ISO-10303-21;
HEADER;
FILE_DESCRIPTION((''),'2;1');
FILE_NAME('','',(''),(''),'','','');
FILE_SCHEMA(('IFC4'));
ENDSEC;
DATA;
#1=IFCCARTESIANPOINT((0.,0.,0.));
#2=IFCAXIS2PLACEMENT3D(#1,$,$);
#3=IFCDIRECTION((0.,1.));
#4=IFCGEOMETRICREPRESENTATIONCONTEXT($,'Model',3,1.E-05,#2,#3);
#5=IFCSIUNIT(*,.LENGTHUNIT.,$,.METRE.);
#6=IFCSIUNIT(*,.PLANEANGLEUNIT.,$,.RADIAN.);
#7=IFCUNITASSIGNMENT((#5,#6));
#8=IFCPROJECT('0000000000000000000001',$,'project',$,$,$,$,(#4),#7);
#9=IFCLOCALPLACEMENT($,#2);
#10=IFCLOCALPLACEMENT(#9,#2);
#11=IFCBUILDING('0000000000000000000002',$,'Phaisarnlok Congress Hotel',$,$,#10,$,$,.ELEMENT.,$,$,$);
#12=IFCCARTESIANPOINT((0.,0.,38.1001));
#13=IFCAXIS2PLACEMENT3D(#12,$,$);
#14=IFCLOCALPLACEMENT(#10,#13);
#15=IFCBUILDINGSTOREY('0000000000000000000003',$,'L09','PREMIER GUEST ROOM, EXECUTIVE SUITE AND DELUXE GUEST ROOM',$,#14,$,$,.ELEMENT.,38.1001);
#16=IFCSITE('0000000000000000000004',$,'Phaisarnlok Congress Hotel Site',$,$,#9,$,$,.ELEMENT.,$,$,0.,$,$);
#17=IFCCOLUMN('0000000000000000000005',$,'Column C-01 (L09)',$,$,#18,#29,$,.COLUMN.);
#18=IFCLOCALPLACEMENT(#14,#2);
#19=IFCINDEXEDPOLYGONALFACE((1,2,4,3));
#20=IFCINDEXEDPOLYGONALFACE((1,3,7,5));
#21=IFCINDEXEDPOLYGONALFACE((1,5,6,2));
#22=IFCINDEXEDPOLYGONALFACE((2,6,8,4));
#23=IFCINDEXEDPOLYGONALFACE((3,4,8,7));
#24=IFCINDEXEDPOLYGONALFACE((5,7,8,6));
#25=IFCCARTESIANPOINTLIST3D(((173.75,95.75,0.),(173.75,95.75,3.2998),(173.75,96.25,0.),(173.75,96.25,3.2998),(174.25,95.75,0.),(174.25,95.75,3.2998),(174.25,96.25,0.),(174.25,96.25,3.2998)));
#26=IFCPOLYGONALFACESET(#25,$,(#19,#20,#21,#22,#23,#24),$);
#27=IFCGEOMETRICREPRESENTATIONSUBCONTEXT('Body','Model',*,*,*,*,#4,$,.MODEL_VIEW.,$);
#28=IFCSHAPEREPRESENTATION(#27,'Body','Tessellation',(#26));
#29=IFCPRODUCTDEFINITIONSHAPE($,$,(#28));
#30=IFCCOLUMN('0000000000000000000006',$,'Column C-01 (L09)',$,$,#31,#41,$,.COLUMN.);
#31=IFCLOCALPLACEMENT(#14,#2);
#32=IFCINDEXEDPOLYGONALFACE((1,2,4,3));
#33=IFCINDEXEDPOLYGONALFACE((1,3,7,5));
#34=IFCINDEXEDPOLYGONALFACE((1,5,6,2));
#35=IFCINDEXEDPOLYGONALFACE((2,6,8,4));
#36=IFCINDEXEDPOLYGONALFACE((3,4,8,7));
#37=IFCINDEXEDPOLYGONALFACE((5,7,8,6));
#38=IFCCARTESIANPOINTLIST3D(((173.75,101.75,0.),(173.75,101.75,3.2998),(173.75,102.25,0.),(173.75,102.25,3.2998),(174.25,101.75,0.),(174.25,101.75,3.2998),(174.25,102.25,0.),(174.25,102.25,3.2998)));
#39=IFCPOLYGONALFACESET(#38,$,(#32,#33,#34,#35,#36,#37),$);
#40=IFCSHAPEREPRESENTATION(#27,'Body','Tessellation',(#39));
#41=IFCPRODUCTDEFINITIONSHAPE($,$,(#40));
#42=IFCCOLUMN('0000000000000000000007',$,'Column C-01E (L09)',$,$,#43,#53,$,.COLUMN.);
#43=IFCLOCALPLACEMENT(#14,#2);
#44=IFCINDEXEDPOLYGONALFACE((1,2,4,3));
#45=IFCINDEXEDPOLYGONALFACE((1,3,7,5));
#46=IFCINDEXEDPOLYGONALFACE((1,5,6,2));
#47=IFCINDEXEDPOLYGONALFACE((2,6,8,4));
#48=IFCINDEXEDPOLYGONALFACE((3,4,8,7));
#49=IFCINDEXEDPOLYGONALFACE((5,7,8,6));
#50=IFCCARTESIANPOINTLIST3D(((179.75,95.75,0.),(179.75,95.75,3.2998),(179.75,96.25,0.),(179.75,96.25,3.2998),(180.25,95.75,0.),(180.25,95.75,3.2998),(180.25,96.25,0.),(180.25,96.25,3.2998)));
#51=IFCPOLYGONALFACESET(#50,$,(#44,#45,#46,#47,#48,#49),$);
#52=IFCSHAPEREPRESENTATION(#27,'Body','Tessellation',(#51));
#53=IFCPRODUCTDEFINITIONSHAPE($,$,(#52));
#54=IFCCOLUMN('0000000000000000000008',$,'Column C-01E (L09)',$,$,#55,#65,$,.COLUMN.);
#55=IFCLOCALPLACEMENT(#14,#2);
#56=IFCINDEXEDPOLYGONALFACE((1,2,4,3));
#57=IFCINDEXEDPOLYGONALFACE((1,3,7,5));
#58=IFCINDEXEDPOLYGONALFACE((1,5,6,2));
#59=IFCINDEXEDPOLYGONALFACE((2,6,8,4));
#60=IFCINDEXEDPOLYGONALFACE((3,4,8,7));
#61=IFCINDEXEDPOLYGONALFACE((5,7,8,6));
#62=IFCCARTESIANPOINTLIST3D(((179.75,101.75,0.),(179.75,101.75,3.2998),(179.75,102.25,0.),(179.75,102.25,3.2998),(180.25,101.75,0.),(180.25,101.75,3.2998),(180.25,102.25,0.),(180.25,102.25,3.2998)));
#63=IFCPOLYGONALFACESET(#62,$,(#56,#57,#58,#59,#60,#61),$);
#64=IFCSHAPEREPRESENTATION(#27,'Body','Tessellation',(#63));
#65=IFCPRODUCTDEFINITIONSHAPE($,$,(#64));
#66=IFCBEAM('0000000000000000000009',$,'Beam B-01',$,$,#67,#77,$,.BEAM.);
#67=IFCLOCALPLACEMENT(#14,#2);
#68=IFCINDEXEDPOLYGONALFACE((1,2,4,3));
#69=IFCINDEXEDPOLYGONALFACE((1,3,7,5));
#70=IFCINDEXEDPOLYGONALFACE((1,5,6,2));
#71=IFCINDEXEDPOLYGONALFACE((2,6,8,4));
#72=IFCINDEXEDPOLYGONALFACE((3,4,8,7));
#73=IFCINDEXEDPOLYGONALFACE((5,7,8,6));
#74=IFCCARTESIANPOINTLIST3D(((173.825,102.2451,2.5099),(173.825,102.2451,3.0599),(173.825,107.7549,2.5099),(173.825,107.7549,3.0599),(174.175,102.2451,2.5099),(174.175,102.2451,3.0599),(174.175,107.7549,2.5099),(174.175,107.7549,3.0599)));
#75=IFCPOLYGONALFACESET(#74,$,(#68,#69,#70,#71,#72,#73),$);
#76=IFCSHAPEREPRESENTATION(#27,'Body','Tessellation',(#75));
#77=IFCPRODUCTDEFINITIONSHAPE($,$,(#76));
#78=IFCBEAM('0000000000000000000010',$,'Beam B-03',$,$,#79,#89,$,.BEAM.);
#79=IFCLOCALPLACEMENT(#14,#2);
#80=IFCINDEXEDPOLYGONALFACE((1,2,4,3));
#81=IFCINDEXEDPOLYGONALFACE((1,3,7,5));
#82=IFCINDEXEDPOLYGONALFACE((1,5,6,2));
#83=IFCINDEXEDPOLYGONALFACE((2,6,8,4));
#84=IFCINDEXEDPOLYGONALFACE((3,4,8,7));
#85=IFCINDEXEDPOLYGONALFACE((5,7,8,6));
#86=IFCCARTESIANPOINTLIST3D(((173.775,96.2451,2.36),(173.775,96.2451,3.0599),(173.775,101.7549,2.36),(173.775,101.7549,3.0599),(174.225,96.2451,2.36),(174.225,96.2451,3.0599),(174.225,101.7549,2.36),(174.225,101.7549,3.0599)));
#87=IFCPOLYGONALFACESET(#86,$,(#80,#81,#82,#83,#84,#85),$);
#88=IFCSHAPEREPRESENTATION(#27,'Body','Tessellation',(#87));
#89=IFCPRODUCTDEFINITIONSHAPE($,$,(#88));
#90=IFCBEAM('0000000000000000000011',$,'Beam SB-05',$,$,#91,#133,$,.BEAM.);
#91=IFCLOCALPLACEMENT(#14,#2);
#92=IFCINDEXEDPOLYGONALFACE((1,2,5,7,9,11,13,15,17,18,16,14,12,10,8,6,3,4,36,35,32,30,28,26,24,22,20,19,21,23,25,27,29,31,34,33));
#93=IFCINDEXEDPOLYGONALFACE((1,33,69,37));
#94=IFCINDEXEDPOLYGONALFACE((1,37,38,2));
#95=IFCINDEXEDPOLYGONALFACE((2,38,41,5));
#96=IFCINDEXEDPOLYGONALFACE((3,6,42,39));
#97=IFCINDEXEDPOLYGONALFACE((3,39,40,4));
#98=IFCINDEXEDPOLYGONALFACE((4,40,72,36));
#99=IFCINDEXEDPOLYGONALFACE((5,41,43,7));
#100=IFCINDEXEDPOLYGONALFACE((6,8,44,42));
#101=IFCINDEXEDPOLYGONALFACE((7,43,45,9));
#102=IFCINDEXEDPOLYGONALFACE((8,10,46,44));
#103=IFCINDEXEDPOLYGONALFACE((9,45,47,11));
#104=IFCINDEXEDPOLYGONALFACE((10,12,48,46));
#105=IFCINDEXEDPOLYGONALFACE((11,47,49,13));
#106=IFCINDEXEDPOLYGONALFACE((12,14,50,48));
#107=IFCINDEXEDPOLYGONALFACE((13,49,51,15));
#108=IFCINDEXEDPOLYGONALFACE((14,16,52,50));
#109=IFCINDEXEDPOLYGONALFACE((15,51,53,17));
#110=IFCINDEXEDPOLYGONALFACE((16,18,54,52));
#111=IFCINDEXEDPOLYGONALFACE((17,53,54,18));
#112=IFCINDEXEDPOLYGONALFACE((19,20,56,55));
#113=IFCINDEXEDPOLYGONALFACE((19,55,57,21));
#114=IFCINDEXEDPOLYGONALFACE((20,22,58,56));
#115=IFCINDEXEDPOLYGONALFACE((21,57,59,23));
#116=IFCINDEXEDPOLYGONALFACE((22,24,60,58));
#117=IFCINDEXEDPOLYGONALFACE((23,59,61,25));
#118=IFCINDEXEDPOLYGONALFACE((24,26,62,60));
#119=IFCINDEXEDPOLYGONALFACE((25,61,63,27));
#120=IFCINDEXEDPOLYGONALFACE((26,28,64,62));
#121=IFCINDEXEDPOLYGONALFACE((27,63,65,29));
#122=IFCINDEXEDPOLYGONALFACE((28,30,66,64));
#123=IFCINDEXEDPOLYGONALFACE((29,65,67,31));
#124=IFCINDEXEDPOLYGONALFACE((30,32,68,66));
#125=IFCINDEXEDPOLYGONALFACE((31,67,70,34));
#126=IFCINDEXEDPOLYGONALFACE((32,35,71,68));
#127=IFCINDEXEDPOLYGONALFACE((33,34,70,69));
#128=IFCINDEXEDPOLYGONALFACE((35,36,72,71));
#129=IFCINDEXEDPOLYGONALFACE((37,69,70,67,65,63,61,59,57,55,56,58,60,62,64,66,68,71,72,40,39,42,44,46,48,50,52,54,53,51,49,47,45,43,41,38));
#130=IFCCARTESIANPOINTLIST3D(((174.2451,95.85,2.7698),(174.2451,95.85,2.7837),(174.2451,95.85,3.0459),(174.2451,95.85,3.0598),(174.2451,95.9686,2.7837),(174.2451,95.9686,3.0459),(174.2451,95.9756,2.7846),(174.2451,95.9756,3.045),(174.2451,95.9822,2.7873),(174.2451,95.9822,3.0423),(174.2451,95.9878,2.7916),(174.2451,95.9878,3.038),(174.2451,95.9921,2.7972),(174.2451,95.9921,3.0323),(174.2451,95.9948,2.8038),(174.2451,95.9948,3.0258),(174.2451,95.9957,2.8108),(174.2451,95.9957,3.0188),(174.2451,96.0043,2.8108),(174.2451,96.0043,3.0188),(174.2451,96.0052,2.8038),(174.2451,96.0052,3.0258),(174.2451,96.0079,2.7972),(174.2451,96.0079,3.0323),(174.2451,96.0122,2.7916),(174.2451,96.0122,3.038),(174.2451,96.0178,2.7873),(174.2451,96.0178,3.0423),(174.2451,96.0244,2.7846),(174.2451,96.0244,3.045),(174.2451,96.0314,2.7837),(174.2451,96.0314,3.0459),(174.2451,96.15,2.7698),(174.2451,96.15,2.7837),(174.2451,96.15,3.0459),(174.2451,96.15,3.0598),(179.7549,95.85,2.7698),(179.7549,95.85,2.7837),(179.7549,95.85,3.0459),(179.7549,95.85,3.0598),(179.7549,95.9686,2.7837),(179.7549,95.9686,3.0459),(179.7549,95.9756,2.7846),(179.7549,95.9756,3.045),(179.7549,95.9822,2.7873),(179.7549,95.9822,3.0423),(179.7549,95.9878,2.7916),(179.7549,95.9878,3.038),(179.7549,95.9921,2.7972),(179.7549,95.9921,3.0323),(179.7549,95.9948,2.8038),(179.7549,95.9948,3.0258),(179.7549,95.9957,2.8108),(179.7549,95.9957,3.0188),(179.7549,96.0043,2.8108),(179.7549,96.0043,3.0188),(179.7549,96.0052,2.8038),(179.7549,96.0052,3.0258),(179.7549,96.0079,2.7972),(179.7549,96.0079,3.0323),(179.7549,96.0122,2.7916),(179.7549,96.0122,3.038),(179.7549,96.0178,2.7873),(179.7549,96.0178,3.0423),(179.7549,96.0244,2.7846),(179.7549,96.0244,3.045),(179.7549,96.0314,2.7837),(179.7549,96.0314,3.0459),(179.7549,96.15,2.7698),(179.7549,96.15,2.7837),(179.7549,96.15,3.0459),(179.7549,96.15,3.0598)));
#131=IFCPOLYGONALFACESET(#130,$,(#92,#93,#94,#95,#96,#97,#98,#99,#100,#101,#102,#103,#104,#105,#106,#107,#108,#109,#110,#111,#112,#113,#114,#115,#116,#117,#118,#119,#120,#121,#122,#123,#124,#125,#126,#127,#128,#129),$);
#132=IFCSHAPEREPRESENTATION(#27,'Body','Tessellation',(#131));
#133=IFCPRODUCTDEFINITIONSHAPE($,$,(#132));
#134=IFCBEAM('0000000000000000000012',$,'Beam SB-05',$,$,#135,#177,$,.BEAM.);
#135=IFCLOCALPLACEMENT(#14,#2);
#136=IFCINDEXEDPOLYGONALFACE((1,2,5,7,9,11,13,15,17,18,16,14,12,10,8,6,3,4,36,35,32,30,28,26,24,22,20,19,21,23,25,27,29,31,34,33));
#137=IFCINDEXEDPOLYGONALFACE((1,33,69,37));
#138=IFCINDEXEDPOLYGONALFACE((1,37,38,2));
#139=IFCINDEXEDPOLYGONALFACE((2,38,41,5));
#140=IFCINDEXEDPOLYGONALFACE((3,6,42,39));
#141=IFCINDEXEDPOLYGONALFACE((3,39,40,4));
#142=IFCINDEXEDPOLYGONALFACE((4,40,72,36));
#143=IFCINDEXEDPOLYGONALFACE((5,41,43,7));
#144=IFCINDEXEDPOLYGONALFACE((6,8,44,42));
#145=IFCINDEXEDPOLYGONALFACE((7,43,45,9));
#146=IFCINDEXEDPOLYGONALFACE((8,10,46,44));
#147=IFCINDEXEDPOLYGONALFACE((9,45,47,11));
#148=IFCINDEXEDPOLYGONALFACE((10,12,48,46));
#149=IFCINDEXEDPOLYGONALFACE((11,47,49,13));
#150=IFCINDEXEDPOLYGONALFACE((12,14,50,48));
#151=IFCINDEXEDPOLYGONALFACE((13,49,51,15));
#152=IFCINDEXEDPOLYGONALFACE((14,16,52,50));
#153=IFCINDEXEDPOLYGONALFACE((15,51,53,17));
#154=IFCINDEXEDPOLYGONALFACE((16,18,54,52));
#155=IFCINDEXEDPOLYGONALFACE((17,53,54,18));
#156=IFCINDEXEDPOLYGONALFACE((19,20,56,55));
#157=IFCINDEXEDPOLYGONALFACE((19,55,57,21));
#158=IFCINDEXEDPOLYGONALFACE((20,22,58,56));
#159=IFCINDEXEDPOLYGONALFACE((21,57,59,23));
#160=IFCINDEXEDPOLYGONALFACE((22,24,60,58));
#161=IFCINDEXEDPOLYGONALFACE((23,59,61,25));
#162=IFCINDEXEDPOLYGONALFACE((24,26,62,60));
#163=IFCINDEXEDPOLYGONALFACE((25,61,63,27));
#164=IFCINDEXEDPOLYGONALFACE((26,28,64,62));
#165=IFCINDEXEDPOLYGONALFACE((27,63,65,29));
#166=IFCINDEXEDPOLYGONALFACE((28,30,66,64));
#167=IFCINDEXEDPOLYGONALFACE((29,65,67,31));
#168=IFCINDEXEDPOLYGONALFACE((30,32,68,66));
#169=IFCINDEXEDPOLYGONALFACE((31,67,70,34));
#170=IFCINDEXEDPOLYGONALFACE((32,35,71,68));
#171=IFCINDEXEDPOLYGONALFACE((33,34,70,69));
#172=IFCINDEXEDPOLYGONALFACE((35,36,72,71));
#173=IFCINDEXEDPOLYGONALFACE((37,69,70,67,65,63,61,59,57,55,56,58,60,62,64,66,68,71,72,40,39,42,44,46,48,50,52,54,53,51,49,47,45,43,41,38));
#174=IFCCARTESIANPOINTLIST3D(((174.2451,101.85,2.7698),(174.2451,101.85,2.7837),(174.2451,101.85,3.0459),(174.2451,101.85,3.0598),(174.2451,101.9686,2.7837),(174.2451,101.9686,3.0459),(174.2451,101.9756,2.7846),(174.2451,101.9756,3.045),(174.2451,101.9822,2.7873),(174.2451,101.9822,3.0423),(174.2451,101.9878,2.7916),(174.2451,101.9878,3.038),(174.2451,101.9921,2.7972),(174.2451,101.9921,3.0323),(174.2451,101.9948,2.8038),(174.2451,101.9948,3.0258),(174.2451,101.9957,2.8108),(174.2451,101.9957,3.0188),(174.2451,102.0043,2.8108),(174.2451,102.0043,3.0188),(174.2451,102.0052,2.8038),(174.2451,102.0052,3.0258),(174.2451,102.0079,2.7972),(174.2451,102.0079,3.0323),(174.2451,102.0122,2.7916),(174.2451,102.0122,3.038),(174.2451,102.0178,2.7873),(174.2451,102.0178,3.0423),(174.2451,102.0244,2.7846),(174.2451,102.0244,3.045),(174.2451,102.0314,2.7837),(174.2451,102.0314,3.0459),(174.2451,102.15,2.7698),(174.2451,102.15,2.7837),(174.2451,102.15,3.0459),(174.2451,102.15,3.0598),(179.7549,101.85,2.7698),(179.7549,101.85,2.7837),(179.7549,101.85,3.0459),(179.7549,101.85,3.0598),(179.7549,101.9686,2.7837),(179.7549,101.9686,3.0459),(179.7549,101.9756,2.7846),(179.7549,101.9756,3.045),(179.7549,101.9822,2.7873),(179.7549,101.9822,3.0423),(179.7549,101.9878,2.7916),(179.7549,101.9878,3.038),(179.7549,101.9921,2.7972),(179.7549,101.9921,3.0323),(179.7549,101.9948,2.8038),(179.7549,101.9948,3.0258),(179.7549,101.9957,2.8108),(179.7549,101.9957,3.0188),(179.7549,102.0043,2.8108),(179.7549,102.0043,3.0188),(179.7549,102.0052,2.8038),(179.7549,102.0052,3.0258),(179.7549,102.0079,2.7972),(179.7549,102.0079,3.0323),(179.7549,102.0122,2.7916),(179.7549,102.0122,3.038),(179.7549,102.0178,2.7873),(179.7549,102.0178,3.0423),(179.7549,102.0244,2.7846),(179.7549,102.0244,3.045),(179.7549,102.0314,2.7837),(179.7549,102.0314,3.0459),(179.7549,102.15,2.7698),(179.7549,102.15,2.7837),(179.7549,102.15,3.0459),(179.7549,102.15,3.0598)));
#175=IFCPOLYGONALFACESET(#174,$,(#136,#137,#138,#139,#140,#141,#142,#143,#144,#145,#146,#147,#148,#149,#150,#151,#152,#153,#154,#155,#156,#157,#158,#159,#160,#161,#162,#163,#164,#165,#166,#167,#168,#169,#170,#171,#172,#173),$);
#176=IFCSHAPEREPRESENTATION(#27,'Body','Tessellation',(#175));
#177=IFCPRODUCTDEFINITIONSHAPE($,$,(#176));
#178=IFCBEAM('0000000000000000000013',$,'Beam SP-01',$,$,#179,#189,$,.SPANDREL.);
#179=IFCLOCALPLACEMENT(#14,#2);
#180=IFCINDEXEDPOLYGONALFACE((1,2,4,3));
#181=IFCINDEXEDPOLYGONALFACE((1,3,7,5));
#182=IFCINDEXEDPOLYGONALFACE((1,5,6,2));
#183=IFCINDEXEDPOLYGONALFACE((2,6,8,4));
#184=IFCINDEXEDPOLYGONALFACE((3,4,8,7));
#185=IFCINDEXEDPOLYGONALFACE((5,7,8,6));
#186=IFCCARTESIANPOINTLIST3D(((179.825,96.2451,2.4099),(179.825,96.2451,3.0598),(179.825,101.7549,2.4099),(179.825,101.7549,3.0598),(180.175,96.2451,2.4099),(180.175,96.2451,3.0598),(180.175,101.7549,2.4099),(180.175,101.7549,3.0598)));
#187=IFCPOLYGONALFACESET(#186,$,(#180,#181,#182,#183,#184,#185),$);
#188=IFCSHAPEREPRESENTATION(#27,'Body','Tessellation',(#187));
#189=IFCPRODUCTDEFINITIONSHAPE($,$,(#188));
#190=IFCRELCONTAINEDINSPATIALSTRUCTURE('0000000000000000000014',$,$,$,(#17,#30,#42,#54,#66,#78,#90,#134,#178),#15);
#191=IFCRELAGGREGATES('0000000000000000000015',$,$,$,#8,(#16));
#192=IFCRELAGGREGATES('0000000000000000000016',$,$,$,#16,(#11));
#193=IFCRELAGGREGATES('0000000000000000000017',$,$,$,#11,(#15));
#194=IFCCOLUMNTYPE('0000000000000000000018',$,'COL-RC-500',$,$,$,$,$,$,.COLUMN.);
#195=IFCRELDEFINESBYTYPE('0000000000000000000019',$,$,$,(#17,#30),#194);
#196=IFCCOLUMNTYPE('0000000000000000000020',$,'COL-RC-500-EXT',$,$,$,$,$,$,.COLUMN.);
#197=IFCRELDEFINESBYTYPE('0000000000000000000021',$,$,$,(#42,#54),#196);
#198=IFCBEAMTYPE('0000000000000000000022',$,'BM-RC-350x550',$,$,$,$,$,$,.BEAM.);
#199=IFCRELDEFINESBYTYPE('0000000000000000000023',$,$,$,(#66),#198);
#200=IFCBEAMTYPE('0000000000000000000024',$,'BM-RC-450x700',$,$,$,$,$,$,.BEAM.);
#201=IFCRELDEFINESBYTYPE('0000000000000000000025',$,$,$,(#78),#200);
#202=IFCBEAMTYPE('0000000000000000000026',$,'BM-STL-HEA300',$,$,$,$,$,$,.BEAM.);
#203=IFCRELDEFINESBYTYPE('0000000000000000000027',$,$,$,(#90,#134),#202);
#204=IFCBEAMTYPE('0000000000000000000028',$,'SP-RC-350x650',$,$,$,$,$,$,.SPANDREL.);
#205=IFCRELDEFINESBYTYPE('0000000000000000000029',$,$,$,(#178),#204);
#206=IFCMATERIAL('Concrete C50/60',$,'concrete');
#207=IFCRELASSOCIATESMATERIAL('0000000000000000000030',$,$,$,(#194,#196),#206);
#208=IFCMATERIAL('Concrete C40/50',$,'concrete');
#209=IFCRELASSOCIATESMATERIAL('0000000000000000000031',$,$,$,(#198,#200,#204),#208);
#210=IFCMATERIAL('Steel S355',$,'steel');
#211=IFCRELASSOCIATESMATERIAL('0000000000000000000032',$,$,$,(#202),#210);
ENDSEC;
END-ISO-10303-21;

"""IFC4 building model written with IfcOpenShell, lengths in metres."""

from ifc_helpers import new_model, si_unit, direction, frame, origin, origin_2d, place, context, subcontext, project, spatial, rectangle, i_section, extrude, material, material_profile, profile_set, type_object, element, save


model = new_model("IFC4")

# Units and contexts
model_context = context("Model", 3, precision=1e-05, world=origin(), true_north=direction((0.0, 1.0)))
body_context = subcontext(model_context, "Body", "Model", "MODEL_VIEW")
ifc_project = project(units=[si_unit("LENGTHUNIT", "METRE"), si_unit("PLANEANGLEUNIT", "RADIAN")], contexts=[model_context])

# Site, building, storey
site_placement = place(None, origin())
site = spatial("IfcSite", under=ifc_project, at=site_placement, Name="Phaisarnlok Congress Hotel Site", CompositionType="ELEMENT", RefElevation=0.0)
building_placement = place(site_placement, origin())
building = spatial("IfcBuilding", under=site, at=building_placement, Name="Phaisarnlok Congress Hotel", CompositionType="ELEMENT")
storey_placement = place(building_placement, frame((0.0, 0.0, 38.1001)))
storey = spatial("IfcBuildingStorey", under=building, at=storey_placement, Name="L09", Description="PREMIER GUEST ROOM, EXECUTIVE SUITE AND DELUXE GUEST ROOM", CompositionType="ELEMENT", Elevation=38.1001)

# Columns
ifc_material_1 = material(Name="Concrete C50/60", Category="concrete")
ifc_material_profile_1 = material_profile(ifc_material_1, rectangle(XDim=0.5, YDim=0.5, at=origin_2d()), Name="RC 500x500")
ifc_profile_set_1 = profile_set([ifc_material_profile_1], Name="Concrete C50/60")
column_type_1 = type_object("IfcColumnType", Name="COL-RC-500", PredefinedType="COLUMN", material=ifc_profile_set_1)
for number, where, z_axis, x_axis, name in (
    (1, (174.0, 96.0, 0.0), (0.0, 0.0, 1.0), (1.0, 0.0, 0.0), "Column C-01 (L09)"),
    (2, (174.0, 102.0, 0.0), (0.0, 0.0, 1.0), (1.0, 0.0, 0.0), "Column C-01 (L09)"),
):
    element("IfcColumn", number, at=place(storey_placement, frame(where, z_axis=z_axis, x_axis=x_axis)), inside=storey, type_object=column_type_1, Name=name, PredefinedType="COLUMN", context=body_context, shape_type="SweptSolid", body=[
        extrude(rectangle(XDim=0.5, YDim=0.5, at=origin_2d()), origin(), (0.0, 0.0, 1.0), 3.2998),
    ])
ifc_material_profile_2 = material_profile(ifc_material_1, rectangle(XDim=0.5, YDim=0.5, at=origin_2d()), Name="RC 500x500")
ifc_profile_set_2 = profile_set([ifc_material_profile_2], Name="Concrete C50/60")
column_type_2 = type_object("IfcColumnType", Name="COL-RC-500-EXT", PredefinedType="COLUMN", material=ifc_profile_set_2)
for number, where, z_axis, x_axis, name in (
    (3, (180.0, 96.0, 0.0), (0.0, 0.0, 1.0), (1.0, 0.0, 0.0), "Column C-01E (L09)"),
    (4, (180.0, 102.0, 0.0), (0.0, 0.0, 1.0), (1.0, 0.0, 0.0), "Column C-01E (L09)"),
):
    element("IfcColumn", number, at=place(storey_placement, frame(where, z_axis=z_axis, x_axis=x_axis)), inside=storey, type_object=column_type_2, Name=name, PredefinedType="COLUMN", context=body_context, shape_type="SweptSolid", body=[
        extrude(rectangle(XDim=0.5, YDim=0.5, at=origin_2d()), origin(), (0.0, 0.0, 1.0), 3.2998),
    ])

# Beams
ifc_material_2 = material(Name="Concrete C40/50", Category="concrete")
ifc_material_profile_3 = material_profile(ifc_material_2, rectangle(XDim=0.3501, YDim=0.55, at=origin_2d()), Name="RC 350x550")
ifc_profile_set_3 = profile_set([ifc_material_profile_3], Name="Concrete C40/50")
beam_type_1 = type_object("IfcBeamType", Name="BM-RC-350x550", PredefinedType="BEAM", material=ifc_profile_set_3)
beam_1_placement = place(storey_placement, frame((174.0, 102.2451, 2.7849), z_axis=(0.0, 1.0, 0.0), x_axis=(-1.0, 0.0, 0.0)))
element("IfcBeam", 5, at=beam_1_placement, inside=storey, type_object=beam_type_1, Name="Beam B-01", PredefinedType="BEAM", context=body_context, shape_type="SweptSolid", body=[
    extrude(rectangle(XDim=0.3501, YDim=0.55, at=origin_2d()), origin(), (0.0, 0.0, 1.0), 5.5098),
])
ifc_material_profile_4 = material_profile(ifc_material_2, rectangle(XDim=0.45, YDim=0.7, at=origin_2d()), Name="RC 450x700")
ifc_profile_set_4 = profile_set([ifc_material_profile_4], Name="Concrete C40/50")
beam_type_2 = type_object("IfcBeamType", Name="BM-RC-450x700", PredefinedType="BEAM", material=ifc_profile_set_4)
beam_2_placement = place(storey_placement, frame((174.0, 96.2451, 2.71), z_axis=(0.0, 1.0, 0.0), x_axis=(-1.0, 0.0, 0.0)))
element("IfcBeam", 6, at=beam_2_placement, inside=storey, type_object=beam_type_2, Name="Beam B-03", PredefinedType="BEAM", context=body_context, shape_type="SweptSolid", body=[
    extrude(rectangle(XDim=0.45, YDim=0.7, at=origin_2d()), origin(), (0.0, 0.0, 1.0), 5.5098),
])
ifc_material_3 = material(Name="Steel S355", Category="steel")
ifc_material_profile_5 = material_profile(ifc_material_3, i_section(OverallWidth=0.3, OverallDepth=0.29, WebThickness=0.0085, FlangeThickness=0.0139, FilletRadius=0.0271, at=origin_2d()), Name="HEA 300")
ifc_profile_set_5 = profile_set([ifc_material_profile_5], Name="Steel S355")
beam_type_3 = type_object("IfcBeamType", Name="BM-STL-HEA300", PredefinedType="BEAM", material=ifc_profile_set_5)
for number, where, z_axis, x_axis, name in (
    (7, (174.2451, 96.0, 2.9148), (1.0, 0.0, 0.0), (0.0, 1.0, 0.0), "Beam SB-05"),
    (8, (174.2451, 102.0, 2.9148), (1.0, 0.0, 0.0), (0.0, 1.0, 0.0), "Beam SB-05"),
):
    element("IfcBeam", number, at=place(storey_placement, frame(where, z_axis=z_axis, x_axis=x_axis)), inside=storey, type_object=beam_type_3, Name=name, PredefinedType="BEAM", context=body_context, shape_type="SweptSolid", body=[
        extrude(i_section(OverallWidth=0.3, OverallDepth=0.29, WebThickness=0.0085, FlangeThickness=0.0139, FilletRadius=0.0271, at=origin_2d()), origin(), (0.0, 0.0, 1.0), 5.5098),
    ])
ifc_material_profile_6 = material_profile(ifc_material_2, rectangle(XDim=0.3501, YDim=0.6499, at=origin_2d()), Name="RC 350x650")
ifc_profile_set_6 = profile_set([ifc_material_profile_6], Name="Concrete C40/50")
beam_type_4 = type_object("IfcBeamType", Name="SP-RC-350x650", PredefinedType="SPANDREL", material=ifc_profile_set_6)
for number, where, z_axis, x_axis, name in (
    (9, (180.0, 96.2451, 2.7349), (0.0, 1.0, 0.0), (-1.0, 0.0, 0.0), "Beam SP-01"),
):
    element("IfcBeam", number, at=place(storey_placement, frame(where, z_axis=z_axis, x_axis=x_axis)), inside=storey, type_object=beam_type_4, Name=name, PredefinedType="SPANDREL", context=body_context, shape_type="SweptSolid", body=[
        extrude(rectangle(XDim=0.3501, YDim=0.6499, at=origin_2d()), origin(), (0.0, 0.0, 1.0), 5.5098),
    ])

save(model, "model.ifc")
